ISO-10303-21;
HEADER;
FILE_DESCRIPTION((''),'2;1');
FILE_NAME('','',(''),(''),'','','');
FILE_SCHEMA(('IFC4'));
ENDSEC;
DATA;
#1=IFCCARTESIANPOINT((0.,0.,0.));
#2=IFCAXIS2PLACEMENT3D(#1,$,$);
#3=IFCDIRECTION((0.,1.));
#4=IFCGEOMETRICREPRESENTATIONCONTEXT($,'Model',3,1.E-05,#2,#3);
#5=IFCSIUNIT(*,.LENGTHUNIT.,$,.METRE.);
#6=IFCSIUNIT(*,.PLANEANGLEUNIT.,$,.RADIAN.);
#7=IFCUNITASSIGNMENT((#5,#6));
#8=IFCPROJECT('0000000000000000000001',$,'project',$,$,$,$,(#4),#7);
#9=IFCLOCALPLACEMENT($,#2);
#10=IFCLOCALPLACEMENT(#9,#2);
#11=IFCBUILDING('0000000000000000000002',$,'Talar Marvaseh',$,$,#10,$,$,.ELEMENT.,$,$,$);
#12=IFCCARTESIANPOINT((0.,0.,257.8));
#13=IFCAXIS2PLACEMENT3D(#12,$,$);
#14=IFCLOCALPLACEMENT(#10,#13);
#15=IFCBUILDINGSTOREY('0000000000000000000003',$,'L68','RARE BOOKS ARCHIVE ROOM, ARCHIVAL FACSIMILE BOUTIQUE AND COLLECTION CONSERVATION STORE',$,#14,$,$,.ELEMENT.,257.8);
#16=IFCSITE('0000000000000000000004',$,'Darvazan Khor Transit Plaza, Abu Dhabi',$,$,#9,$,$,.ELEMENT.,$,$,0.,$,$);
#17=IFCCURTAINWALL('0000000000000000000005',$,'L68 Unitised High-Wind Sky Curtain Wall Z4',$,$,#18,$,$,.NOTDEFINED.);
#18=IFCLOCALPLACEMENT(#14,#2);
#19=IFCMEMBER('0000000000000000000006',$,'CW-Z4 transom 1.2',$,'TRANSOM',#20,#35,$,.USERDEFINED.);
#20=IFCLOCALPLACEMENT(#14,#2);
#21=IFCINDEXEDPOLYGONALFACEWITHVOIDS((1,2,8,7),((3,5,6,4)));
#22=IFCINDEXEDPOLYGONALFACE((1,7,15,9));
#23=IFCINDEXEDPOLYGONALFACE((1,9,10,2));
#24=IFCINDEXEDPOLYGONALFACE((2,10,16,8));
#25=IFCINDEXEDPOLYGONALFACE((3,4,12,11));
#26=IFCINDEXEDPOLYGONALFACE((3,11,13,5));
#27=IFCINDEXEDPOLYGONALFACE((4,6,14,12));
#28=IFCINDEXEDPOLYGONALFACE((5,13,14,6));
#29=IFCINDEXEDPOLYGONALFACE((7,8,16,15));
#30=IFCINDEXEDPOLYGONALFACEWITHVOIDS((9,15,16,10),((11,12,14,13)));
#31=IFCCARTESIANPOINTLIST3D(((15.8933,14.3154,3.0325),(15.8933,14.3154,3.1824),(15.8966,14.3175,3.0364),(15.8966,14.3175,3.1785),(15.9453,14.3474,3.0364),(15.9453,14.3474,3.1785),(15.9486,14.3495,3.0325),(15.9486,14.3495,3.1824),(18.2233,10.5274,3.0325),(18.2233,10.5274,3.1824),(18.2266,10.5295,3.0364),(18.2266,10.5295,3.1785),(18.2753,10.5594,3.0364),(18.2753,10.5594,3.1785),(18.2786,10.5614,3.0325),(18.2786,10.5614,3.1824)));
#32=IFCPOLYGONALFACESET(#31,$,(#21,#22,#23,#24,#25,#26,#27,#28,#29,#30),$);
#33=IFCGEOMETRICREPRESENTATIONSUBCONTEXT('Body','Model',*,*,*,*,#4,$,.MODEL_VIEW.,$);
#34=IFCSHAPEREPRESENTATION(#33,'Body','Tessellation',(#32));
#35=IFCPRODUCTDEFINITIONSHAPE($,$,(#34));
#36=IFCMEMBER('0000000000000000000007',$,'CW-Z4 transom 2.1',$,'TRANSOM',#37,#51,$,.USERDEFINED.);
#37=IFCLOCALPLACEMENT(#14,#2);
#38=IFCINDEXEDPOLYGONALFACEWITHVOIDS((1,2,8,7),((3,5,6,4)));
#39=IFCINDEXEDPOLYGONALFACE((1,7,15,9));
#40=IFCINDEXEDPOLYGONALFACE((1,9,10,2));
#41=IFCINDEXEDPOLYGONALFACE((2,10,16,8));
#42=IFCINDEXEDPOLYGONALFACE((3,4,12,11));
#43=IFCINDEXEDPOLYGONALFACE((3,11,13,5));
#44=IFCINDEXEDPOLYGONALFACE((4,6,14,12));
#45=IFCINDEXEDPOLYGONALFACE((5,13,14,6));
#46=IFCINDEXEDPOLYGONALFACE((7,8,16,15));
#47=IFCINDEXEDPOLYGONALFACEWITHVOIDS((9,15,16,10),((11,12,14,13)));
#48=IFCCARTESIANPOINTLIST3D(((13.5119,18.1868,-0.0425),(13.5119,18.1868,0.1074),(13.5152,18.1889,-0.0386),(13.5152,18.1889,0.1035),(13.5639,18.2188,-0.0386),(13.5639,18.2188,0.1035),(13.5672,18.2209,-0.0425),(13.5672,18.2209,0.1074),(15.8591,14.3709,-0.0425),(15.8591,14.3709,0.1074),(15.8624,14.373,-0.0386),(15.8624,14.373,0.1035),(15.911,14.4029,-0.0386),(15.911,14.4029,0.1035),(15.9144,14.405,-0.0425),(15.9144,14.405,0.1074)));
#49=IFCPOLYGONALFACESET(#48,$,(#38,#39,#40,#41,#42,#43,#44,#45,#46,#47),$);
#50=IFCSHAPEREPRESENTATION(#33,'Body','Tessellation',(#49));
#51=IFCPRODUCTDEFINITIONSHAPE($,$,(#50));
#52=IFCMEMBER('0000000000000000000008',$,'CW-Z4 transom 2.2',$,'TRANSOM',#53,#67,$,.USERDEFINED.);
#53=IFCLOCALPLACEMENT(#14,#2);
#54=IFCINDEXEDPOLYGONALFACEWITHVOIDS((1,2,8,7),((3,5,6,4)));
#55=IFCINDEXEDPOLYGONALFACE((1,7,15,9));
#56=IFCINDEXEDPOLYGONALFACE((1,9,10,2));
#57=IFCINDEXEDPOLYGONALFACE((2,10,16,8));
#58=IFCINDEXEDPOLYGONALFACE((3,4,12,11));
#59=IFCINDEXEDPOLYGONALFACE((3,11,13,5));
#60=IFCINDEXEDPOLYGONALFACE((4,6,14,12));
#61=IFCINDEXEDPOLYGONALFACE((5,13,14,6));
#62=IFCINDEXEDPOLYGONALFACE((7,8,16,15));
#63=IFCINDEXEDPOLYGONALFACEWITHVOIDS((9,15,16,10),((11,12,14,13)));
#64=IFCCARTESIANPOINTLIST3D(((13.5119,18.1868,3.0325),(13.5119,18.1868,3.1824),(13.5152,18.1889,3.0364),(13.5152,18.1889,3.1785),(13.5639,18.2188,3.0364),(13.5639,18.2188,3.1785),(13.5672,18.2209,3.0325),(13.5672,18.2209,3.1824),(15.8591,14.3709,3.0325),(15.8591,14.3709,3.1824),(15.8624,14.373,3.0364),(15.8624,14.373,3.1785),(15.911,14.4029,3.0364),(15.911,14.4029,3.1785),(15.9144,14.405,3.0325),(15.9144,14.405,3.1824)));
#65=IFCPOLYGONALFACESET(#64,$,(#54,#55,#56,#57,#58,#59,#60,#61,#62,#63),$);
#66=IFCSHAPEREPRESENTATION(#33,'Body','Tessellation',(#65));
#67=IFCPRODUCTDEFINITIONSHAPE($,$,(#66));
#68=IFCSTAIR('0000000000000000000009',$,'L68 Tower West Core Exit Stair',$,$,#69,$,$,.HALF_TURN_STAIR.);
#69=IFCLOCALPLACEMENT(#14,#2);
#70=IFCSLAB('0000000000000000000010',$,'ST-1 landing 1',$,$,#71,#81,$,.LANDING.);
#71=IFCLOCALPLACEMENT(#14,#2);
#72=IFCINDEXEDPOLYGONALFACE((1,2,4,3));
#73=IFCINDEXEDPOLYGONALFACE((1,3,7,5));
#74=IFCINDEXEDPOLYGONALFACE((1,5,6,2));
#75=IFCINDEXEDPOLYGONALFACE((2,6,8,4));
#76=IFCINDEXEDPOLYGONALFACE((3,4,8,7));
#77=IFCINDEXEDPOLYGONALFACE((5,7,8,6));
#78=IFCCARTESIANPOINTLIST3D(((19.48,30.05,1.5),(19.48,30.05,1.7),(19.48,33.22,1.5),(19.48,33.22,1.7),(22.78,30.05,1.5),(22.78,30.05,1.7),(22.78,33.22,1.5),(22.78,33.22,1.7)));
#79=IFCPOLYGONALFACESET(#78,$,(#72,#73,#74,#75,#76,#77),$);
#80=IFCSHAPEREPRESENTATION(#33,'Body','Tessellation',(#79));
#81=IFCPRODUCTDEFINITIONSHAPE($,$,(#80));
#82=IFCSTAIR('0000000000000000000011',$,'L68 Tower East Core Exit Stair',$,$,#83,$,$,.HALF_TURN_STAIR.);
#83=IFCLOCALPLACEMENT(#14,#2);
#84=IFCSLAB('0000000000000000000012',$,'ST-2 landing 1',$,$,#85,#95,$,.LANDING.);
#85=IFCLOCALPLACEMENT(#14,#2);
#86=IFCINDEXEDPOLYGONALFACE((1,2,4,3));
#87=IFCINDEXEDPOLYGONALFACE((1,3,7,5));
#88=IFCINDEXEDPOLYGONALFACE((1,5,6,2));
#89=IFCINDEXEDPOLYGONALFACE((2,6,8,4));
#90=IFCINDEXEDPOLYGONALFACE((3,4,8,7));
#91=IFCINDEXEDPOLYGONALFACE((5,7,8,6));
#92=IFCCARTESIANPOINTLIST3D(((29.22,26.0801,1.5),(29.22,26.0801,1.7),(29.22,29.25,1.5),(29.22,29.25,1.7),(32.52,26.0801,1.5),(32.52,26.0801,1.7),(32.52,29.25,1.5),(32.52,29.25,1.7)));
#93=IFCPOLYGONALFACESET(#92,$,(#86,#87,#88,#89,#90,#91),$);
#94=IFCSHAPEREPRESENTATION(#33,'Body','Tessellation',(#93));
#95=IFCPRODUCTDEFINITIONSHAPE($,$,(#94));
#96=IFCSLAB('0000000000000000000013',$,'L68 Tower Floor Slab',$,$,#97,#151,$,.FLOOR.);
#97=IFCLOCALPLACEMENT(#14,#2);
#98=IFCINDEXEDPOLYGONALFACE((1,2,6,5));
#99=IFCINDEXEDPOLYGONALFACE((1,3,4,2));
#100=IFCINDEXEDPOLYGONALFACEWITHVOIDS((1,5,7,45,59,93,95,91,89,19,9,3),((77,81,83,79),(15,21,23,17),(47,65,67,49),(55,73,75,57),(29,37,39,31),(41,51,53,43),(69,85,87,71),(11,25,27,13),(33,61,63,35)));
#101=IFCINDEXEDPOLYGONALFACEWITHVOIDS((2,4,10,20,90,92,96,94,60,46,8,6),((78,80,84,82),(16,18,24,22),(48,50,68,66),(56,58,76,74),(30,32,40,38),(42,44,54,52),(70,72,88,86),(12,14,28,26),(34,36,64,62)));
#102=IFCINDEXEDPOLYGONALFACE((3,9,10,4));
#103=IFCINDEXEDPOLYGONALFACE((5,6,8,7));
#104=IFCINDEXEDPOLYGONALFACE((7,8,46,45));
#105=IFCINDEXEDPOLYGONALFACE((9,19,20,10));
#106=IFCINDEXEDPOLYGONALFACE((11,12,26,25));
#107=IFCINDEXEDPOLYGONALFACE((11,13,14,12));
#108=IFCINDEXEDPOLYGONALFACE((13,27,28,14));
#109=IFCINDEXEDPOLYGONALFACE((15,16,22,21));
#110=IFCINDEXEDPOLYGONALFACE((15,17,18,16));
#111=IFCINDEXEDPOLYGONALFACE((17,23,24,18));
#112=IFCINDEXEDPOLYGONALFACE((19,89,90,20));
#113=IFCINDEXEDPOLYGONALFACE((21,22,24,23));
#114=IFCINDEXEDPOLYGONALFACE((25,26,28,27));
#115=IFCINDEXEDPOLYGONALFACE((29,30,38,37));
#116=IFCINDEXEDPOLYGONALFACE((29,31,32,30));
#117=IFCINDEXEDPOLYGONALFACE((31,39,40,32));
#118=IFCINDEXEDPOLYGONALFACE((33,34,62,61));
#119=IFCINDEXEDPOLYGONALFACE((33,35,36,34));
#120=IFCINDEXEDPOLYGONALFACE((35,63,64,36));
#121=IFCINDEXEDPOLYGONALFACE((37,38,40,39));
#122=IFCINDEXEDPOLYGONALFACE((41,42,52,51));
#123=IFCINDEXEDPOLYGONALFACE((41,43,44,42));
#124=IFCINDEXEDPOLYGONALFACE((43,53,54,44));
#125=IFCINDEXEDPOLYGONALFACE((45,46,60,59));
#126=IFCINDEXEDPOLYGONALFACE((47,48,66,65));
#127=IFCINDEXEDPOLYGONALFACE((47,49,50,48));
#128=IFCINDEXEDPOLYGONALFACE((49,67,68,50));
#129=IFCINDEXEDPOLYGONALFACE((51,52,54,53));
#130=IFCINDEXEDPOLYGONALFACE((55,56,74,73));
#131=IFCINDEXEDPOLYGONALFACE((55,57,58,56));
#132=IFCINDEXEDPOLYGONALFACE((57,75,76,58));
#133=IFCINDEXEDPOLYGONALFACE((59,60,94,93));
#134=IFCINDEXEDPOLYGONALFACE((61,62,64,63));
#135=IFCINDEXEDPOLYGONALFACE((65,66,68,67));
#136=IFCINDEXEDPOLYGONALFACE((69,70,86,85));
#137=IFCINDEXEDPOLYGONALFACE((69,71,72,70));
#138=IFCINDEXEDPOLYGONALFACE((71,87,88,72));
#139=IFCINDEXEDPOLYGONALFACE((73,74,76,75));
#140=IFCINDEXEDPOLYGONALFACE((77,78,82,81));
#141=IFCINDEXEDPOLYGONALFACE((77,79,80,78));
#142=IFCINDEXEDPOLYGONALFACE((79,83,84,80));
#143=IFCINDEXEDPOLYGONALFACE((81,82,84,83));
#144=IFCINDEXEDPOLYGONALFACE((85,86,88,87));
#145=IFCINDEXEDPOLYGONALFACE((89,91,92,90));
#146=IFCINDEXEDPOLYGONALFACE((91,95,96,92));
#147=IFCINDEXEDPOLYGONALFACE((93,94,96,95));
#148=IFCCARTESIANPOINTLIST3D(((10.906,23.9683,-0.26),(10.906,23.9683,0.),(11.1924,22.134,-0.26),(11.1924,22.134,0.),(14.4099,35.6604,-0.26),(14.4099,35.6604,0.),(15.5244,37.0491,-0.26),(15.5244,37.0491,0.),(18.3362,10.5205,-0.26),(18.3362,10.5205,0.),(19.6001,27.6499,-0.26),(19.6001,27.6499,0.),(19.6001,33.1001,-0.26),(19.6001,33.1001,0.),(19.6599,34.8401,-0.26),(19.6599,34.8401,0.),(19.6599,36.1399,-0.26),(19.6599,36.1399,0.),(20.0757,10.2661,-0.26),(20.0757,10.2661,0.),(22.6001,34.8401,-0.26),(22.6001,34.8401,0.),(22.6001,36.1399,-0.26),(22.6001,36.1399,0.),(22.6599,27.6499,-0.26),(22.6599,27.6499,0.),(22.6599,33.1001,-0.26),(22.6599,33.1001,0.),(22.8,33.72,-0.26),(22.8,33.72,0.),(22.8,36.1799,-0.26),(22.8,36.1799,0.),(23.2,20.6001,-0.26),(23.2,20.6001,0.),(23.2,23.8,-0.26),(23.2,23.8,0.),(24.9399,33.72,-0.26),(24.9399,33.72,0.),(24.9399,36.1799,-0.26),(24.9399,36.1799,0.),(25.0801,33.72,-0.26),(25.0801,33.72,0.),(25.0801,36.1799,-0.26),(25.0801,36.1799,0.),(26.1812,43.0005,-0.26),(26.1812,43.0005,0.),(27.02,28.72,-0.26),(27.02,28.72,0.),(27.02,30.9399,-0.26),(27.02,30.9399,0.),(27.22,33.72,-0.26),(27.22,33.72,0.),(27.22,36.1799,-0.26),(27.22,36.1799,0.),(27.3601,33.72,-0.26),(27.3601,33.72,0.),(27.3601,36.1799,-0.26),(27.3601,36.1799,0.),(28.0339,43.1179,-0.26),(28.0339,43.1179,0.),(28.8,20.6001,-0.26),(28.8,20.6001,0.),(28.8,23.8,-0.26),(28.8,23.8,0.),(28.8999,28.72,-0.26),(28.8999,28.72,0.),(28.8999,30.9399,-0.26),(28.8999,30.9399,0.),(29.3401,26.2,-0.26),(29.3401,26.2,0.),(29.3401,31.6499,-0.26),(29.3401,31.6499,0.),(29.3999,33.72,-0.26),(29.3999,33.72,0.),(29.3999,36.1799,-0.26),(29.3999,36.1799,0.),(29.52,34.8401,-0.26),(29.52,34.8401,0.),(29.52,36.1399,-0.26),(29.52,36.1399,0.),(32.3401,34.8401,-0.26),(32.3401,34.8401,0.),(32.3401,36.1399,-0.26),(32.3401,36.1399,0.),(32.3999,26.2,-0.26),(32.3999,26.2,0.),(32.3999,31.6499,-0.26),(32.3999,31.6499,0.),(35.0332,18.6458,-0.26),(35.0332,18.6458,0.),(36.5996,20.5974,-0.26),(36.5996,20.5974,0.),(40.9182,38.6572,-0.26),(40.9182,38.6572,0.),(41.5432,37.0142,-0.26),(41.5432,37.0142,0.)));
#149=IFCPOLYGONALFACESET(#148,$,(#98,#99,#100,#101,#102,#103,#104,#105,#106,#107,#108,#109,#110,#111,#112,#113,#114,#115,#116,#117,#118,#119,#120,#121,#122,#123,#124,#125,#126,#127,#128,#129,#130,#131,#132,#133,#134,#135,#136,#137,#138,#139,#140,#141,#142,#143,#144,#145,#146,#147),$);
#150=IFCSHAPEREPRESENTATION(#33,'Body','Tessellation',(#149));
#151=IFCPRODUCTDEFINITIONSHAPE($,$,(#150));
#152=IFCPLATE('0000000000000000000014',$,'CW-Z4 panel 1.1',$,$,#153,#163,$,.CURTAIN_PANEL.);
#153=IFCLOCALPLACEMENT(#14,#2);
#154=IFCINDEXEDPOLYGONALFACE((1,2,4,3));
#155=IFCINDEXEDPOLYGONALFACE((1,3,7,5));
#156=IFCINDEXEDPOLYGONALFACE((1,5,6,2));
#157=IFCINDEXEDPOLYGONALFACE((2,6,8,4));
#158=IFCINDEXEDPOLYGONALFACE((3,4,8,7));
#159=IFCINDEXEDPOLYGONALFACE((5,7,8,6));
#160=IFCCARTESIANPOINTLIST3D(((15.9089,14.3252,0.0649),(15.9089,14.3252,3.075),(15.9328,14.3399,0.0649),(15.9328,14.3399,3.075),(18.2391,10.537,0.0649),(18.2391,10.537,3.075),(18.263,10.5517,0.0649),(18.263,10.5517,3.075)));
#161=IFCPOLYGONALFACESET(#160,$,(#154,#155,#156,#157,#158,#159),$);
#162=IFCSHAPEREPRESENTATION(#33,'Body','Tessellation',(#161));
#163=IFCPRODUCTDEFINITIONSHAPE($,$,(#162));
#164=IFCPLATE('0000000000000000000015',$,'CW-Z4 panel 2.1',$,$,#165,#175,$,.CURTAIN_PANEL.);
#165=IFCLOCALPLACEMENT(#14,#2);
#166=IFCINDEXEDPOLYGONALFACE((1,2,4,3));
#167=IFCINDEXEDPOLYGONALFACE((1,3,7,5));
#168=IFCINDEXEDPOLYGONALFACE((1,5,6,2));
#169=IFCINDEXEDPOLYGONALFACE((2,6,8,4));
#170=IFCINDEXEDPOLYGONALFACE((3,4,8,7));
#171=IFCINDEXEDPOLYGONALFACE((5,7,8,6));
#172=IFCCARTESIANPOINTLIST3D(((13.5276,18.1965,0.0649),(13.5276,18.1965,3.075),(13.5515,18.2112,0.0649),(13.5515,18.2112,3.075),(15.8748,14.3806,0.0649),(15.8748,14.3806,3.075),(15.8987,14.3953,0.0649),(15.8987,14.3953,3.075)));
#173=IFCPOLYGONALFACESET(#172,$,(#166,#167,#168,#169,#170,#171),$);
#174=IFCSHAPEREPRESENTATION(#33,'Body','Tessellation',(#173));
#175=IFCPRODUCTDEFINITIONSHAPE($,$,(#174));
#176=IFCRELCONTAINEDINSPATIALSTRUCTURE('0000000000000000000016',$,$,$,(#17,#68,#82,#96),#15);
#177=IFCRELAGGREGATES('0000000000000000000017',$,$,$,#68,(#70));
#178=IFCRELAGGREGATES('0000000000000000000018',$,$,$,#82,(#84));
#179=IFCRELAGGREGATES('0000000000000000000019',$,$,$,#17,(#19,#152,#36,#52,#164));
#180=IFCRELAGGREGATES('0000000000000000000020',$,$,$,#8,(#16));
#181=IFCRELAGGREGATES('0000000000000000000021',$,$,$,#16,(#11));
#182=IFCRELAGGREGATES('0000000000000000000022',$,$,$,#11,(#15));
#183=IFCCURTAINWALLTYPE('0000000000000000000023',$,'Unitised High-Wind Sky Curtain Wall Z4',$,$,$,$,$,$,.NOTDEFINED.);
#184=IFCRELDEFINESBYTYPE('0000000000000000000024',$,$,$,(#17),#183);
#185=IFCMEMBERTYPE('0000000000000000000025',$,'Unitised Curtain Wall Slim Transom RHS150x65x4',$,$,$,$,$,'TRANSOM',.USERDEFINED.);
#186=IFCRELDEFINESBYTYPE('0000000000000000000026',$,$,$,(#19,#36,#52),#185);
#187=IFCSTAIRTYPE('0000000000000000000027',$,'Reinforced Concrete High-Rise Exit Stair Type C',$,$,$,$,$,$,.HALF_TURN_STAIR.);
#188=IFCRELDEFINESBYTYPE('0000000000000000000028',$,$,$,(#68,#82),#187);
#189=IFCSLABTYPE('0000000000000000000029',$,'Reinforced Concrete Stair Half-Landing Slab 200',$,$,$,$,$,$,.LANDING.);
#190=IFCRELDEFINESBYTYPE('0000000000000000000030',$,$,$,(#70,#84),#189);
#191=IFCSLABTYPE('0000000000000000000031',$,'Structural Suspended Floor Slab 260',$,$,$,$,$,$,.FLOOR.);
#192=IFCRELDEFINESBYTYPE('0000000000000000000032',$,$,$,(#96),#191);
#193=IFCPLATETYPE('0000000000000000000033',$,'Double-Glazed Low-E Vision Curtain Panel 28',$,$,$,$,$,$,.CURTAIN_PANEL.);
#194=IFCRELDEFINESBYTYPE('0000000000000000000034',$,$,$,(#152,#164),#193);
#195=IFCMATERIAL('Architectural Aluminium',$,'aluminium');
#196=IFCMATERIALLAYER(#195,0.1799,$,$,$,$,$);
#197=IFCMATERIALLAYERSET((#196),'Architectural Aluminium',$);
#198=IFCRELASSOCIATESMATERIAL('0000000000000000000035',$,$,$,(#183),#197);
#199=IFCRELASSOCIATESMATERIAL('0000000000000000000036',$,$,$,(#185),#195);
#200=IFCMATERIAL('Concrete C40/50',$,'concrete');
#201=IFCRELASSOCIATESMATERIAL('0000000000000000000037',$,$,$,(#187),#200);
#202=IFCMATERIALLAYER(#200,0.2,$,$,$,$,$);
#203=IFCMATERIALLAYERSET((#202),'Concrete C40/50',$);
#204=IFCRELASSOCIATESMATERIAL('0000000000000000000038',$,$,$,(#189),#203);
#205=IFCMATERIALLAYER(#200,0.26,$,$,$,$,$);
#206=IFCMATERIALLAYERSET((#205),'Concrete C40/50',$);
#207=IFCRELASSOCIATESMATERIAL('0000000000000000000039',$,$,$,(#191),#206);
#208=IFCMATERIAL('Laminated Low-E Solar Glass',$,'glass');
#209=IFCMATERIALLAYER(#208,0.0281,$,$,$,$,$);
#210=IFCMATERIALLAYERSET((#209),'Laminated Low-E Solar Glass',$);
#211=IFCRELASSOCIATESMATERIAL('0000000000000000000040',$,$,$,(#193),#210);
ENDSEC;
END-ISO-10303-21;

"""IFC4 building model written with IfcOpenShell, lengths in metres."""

from ifc_helpers import new_model, si_unit, direction, frame, origin, origin_2d, place, context, subcontext, project, spatial, polyline, rectangle, hollow_rectangle, outline, extrude, source, transform, mapped, material, layer, layer_set, material_profile, profile_set, type_object, type_shapes, element, aggregate, save


model = new_model("IFC4")

# Units and contexts
model_context = context("Model", 3, precision=1e-05, world=origin(), true_north=direction((0.0, 1.0)))
body_context = subcontext(model_context, "Body", "Model", "MODEL_VIEW")
ifc_project = project(units=[si_unit("LENGTHUNIT", "METRE"), si_unit("PLANEANGLEUNIT", "RADIAN")], contexts=[model_context])

# Site, building, storey
site_placement = place(None, origin())
site = spatial("IfcSite", under=ifc_project, at=site_placement, Name="Darvazan Khor Transit Plaza, Abu Dhabi", CompositionType="ELEMENT", RefElevation=0.0)
building_placement = place(site_placement, origin())
building = spatial("IfcBuilding", under=site, at=building_placement, Name="Talar Marvaseh", CompositionType="ELEMENT")
storey_placement = place(building_placement, frame((0.0, 0.0, 257.8)))
storey = spatial("IfcBuildingStorey", under=building, at=storey_placement, Name="L68", Description="RARE BOOKS ARCHIVE ROOM, ARCHIVAL FACSIMILE BOUTIQUE AND COLLECTION CONSERVATION STORE", CompositionType="ELEMENT", Elevation=257.8)

# Curtain wall
ifc_material_1 = material(Name="Architectural Aluminium", Category="aluminium")
ifc_layer_1 = layer(ifc_material_1, 0.1799)
ifc_layer_set_1 = layer_set([ifc_layer_1], Name="Architectural Aluminium")
curtain_wall_type = type_object("IfcCurtainWallType", Name="Unitised High-Wind Sky Curtain Wall Z4", PredefinedType="NOTDEFINED", material=ifc_layer_set_1)
curtain_wall_1_placement = place(storey_placement, origin())
curtain_wall_1 = element("IfcCurtainWall", 1, at=curtain_wall_1_placement, inside=storey, type_object=curtain_wall_type, Name="L68 Unitised High-Wind Sky Curtain Wall Z4", PredefinedType="NOTDEFINED")

# Members
ifc_material_profile_1 = material_profile(ifc_material_1, hollow_rectangle(XDim=0.0649, YDim=0.1499, WallThickness=0.0039, at=origin_2d()), Name="RHS150x65x4")
ifc_profile_set_1 = profile_set([ifc_material_profile_1], Name="Architectural Aluminium")
member_type_1 = type_object("IfcMemberType", Name="Unitised Curtain Wall Slim Transom RHS150x65x4", ElementType="TRANSOM", PredefinedType="USERDEFINED", material=ifc_profile_set_1)
shared_shape_1 = source(origin(), body_context, "Body", "SweptSolid", [
    extrude(hollow_rectangle(XDim=0.0649, YDim=0.1499, WallThickness=0.0039, at=origin_2d()), origin(), (0.0, 0.0, 1.0), 4.4473),
])
member_1_placement = place(storey_placement, frame((18.251, 10.5444, 3.1074), z_axis=(-0.523926, 0.851764, 0.0), x_axis=(-0.851764, -0.523926, 0.0)))
member_1 = element("IfcMember", 2, at=member_1_placement, type_object=member_type_1, Name="CW-Z4 transom 1.2", ObjectType="TRANSOM", PredefinedType="USERDEFINED", context=body_context, shape_type="MappedRepresentation", body=[
    mapped(shared_shape_1, transform((0.0, 0.0, 0.0), x_axis=(1.0, 0.0, 0.0), y_axis=(0.0, 1.0, 0.0), z_axis=(0.0, 0.0, 1.0), scale=1.0)),
])
shared_shape_2 = source(origin(), body_context, "Body", "SweptSolid", [
    extrude(hollow_rectangle(XDim=0.0649, YDim=0.1499, WallThickness=0.0039, at=origin_2d()), origin(), (0.0, 0.0, 1.0), 4.48),
])
type_shapes(member_type_1, [shared_shape_1, shared_shape_2])
member_2_placement = place(storey_placement, frame((15.8867, 14.3879, 0.0325), z_axis=(-0.523921, 0.851767, 0.0), x_axis=(-0.851767, -0.523921, 0.0)))
member_2 = element("IfcMember", 3, at=member_2_placement, type_object=member_type_1, Name="CW-Z4 transom 2.1", ObjectType="TRANSOM", PredefinedType="USERDEFINED", context=body_context, shape_type="MappedRepresentation", body=[
    mapped(shared_shape_2, transform((0.0, 0.0, 0.0), x_axis=(1.0, 0.0, 0.0), y_axis=(0.0, 1.0, 0.0), z_axis=(0.0, 0.0, 1.0), scale=1.0)),
])
member_3_placement = place(storey_placement, frame((15.8867, 14.3879, 3.1074), z_axis=(-0.523921, 0.851767, 0.0), x_axis=(-0.851767, -0.523921, 0.0)))
member_3 = element("IfcMember", 4, at=member_3_placement, type_object=member_type_1, Name="CW-Z4 transom 2.2", ObjectType="TRANSOM", PredefinedType="USERDEFINED", context=body_context, shape_type="MappedRepresentation", body=[
    mapped(shared_shape_2, transform((0.0, 0.0, 0.0), x_axis=(1.0, 0.0, 0.0), y_axis=(0.0, 1.0, 0.0), z_axis=(0.0, 0.0, 1.0), scale=1.0)),
])

# Stairs, slabs
ifc_material_2 = material(Name="Concrete C40/50", Category="concrete")
stair_type = type_object("IfcStairType", Name="Reinforced Concrete High-Rise Exit Stair Type C", PredefinedType="HALF_TURN_STAIR", material=ifc_material_2)
stair_1_placement = place(storey_placement, origin())
stair_1 = element("IfcStair", 5, at=stair_1_placement, inside=storey, type_object=stair_type, Name="L68 Tower West Core Exit Stair", PredefinedType="HALF_TURN_STAIR")
ifc_layer_2 = layer(ifc_material_2, 0.2)
ifc_layer_set_2 = layer_set([ifc_layer_2], Name="Concrete C40/50")
slab_type_1 = type_object("IfcSlabType", Name="Reinforced Concrete Stair Half-Landing Slab 200", PredefinedType="LANDING", material=ifc_layer_set_2)
slab_1_placement = place(storey_placement, frame((0.0, 0.0, 1.5)))
slab_1 = element("IfcSlab", 6, at=slab_1_placement, type_object=slab_type_1, Name="ST-1 landing 1", PredefinedType="LANDING", context=body_context, shape_type="SweptSolid", body=[
    extrude(outline(polyline([(22.78, 30.05), (22.78, 33.22), (19.48, 33.22), (19.48, 30.05), (22.78, 30.05)])), origin(), (0.0, 0.0, 1.0), 0.2),
])
aggregate(stair_1, [slab_1])
stair_2_placement = place(storey_placement, origin())
stair_2 = element("IfcStair", 7, at=stair_2_placement, inside=storey, type_object=stair_type, Name="L68 Tower East Core Exit Stair", PredefinedType="HALF_TURN_STAIR")
slab_2_placement = place(storey_placement, frame((0.0, 0.0, 1.5)))
slab_2 = element("IfcSlab", 8, at=slab_2_placement, type_object=slab_type_1, Name="ST-2 landing 1", PredefinedType="LANDING", context=body_context, shape_type="SweptSolid", body=[
    extrude(outline(polyline([(29.22, 29.25), (29.22, 26.0801), (32.52, 26.0801), (32.52, 29.25), (29.22, 29.25)])), origin(), (0.0, 0.0, 1.0), 0.2),
])
aggregate(stair_2, [slab_2])

# Slab
ifc_layer_3 = layer(ifc_material_2, 0.26)
ifc_layer_set_3 = layer_set([ifc_layer_3], Name="Concrete C40/50")
slab_type_2 = type_object("IfcSlabType", Name="Structural Suspended Floor Slab 260", PredefinedType="FLOOR", material=ifc_layer_set_3)
slab_3_placement = place(storey_placement, frame((0.0, 0.0, -0.26)))
element("IfcSlab", 9, at=slab_3_placement, inside=storey, type_object=slab_type_2, Name="L68 Tower Floor Slab", PredefinedType="FLOOR", context=body_context, shape_type="SweptSolid", body=[
    extrude(outline(polyline([(20.0757, 10.2661), (18.3362, 10.5205), (11.1924, 22.134), (10.906, 23.9683), (14.4099, 35.6604), (15.5244, 37.0491), (26.1812, 43.0005), (28.0339, 43.1179), (40.9182, 38.6572), (41.5432, 37.0142), (36.5996, 20.5974), (35.0332, 18.6458), (20.0757, 10.2661)]), holes=[polyline([(22.6599, 27.6499), (22.6599, 33.1001), (19.6001, 33.1001), (19.6001, 27.6499), (22.6599, 27.6499)]), polyline([(29.3401, 31.6499), (29.3401, 26.2), (32.3999, 26.2), (32.3999, 31.6499), (29.3401, 31.6499)]), polyline([(22.8, 33.72), (24.9399, 33.72), (24.9399, 36.1799), (22.8, 36.1799), (22.8, 33.72)]), polyline([(25.0801, 33.72), (27.22, 33.72), (27.22, 36.1799), (25.0801, 36.1799), (25.0801, 33.72)]), polyline([(27.3601, 33.72), (29.3999, 33.72), (29.3999, 36.1799), (27.3601, 36.1799), (27.3601, 33.72)]), polyline([(27.02, 28.72), (28.8999, 28.72), (28.8999, 30.9399), (27.02, 30.9399), (27.02, 28.72)]), polyline([(19.6599, 34.8401), (22.6001, 34.8401), (22.6001, 36.1399), (19.6599, 36.1399), (19.6599, 34.8401)]), polyline([(29.52, 34.8401), (32.3401, 34.8401), (32.3401, 36.1399), (29.52, 36.1399), (29.52, 34.8401)]), polyline([(23.2, 20.6001), (28.8, 20.6001), (28.8, 23.8), (23.2, 23.8), (23.2, 20.6001)])]), origin(), (0.0, 0.0, 1.0), 0.26),
])

# Plates
ifc_material_3 = material(Name="Laminated Low-E Solar Glass", Category="glass")
ifc_layer_4 = layer(ifc_material_3, 0.0281)
ifc_layer_set_4 = layer_set([ifc_layer_4], Name="Laminated Low-E Solar Glass")
plate_type = type_object("IfcPlateType", Name="Double-Glazed Low-E Vision Curtain Panel 28", PredefinedType="CURTAIN_PANEL", material=ifc_layer_set_4)
shared_shape_3 = source(origin(), body_context, "Body", "SweptSolid", [
    extrude(rectangle(XDim=4.4475, YDim=0.0281, at=origin_2d()), origin(), (0.0, 0.0, 1.0), 3.01),
])
plate_1_placement = place(storey_placement, frame((17.0859, 12.4385, 0.0649), z_axis=(0.0, 0.0, 1.0), x_axis=(-0.523929, 0.851762, 0.0)))
plate_1 = element("IfcPlate", 10, at=plate_1_placement, type_object=plate_type, Name="CW-Z4 panel 1.1", PredefinedType="CURTAIN_PANEL", context=body_context, shape_type="MappedRepresentation", body=[
    mapped(shared_shape_3, transform((0.0, 0.0, 0.0), x_axis=(1.0, 0.0, 0.0), y_axis=(0.0, 1.0, 0.0), z_axis=(0.0, 0.0, 1.0), scale=1.0)),
])
shared_shape_4 = source(origin(), body_context, "Body", "SweptSolid", [
    extrude(rectangle(XDim=4.48, YDim=0.0281, at=origin_2d()), origin(), (0.0, 0.0, 1.0), 3.01),
])
type_shapes(plate_type, [shared_shape_3, shared_shape_4])
plate_2_placement = place(storey_placement, frame((14.7131, 16.2959, 0.0649), z_axis=(0.0, 0.0, 1.0), x_axis=(-0.523929, 0.851762, 0.0)))
plate_2 = element("IfcPlate", 11, at=plate_2_placement, type_object=plate_type, Name="CW-Z4 panel 2.1", PredefinedType="CURTAIN_PANEL", context=body_context, shape_type="MappedRepresentation", body=[
    mapped(shared_shape_4, transform((0.0, 0.0, 0.0), x_axis=(1.0, 0.0, 0.0), y_axis=(0.0, 1.0, 0.0), z_axis=(0.0, 0.0, 1.0), scale=1.0)),
])
aggregate(curtain_wall_1, [member_1, plate_1, member_2, member_3, plate_2])

save(model, "model.ifc")
